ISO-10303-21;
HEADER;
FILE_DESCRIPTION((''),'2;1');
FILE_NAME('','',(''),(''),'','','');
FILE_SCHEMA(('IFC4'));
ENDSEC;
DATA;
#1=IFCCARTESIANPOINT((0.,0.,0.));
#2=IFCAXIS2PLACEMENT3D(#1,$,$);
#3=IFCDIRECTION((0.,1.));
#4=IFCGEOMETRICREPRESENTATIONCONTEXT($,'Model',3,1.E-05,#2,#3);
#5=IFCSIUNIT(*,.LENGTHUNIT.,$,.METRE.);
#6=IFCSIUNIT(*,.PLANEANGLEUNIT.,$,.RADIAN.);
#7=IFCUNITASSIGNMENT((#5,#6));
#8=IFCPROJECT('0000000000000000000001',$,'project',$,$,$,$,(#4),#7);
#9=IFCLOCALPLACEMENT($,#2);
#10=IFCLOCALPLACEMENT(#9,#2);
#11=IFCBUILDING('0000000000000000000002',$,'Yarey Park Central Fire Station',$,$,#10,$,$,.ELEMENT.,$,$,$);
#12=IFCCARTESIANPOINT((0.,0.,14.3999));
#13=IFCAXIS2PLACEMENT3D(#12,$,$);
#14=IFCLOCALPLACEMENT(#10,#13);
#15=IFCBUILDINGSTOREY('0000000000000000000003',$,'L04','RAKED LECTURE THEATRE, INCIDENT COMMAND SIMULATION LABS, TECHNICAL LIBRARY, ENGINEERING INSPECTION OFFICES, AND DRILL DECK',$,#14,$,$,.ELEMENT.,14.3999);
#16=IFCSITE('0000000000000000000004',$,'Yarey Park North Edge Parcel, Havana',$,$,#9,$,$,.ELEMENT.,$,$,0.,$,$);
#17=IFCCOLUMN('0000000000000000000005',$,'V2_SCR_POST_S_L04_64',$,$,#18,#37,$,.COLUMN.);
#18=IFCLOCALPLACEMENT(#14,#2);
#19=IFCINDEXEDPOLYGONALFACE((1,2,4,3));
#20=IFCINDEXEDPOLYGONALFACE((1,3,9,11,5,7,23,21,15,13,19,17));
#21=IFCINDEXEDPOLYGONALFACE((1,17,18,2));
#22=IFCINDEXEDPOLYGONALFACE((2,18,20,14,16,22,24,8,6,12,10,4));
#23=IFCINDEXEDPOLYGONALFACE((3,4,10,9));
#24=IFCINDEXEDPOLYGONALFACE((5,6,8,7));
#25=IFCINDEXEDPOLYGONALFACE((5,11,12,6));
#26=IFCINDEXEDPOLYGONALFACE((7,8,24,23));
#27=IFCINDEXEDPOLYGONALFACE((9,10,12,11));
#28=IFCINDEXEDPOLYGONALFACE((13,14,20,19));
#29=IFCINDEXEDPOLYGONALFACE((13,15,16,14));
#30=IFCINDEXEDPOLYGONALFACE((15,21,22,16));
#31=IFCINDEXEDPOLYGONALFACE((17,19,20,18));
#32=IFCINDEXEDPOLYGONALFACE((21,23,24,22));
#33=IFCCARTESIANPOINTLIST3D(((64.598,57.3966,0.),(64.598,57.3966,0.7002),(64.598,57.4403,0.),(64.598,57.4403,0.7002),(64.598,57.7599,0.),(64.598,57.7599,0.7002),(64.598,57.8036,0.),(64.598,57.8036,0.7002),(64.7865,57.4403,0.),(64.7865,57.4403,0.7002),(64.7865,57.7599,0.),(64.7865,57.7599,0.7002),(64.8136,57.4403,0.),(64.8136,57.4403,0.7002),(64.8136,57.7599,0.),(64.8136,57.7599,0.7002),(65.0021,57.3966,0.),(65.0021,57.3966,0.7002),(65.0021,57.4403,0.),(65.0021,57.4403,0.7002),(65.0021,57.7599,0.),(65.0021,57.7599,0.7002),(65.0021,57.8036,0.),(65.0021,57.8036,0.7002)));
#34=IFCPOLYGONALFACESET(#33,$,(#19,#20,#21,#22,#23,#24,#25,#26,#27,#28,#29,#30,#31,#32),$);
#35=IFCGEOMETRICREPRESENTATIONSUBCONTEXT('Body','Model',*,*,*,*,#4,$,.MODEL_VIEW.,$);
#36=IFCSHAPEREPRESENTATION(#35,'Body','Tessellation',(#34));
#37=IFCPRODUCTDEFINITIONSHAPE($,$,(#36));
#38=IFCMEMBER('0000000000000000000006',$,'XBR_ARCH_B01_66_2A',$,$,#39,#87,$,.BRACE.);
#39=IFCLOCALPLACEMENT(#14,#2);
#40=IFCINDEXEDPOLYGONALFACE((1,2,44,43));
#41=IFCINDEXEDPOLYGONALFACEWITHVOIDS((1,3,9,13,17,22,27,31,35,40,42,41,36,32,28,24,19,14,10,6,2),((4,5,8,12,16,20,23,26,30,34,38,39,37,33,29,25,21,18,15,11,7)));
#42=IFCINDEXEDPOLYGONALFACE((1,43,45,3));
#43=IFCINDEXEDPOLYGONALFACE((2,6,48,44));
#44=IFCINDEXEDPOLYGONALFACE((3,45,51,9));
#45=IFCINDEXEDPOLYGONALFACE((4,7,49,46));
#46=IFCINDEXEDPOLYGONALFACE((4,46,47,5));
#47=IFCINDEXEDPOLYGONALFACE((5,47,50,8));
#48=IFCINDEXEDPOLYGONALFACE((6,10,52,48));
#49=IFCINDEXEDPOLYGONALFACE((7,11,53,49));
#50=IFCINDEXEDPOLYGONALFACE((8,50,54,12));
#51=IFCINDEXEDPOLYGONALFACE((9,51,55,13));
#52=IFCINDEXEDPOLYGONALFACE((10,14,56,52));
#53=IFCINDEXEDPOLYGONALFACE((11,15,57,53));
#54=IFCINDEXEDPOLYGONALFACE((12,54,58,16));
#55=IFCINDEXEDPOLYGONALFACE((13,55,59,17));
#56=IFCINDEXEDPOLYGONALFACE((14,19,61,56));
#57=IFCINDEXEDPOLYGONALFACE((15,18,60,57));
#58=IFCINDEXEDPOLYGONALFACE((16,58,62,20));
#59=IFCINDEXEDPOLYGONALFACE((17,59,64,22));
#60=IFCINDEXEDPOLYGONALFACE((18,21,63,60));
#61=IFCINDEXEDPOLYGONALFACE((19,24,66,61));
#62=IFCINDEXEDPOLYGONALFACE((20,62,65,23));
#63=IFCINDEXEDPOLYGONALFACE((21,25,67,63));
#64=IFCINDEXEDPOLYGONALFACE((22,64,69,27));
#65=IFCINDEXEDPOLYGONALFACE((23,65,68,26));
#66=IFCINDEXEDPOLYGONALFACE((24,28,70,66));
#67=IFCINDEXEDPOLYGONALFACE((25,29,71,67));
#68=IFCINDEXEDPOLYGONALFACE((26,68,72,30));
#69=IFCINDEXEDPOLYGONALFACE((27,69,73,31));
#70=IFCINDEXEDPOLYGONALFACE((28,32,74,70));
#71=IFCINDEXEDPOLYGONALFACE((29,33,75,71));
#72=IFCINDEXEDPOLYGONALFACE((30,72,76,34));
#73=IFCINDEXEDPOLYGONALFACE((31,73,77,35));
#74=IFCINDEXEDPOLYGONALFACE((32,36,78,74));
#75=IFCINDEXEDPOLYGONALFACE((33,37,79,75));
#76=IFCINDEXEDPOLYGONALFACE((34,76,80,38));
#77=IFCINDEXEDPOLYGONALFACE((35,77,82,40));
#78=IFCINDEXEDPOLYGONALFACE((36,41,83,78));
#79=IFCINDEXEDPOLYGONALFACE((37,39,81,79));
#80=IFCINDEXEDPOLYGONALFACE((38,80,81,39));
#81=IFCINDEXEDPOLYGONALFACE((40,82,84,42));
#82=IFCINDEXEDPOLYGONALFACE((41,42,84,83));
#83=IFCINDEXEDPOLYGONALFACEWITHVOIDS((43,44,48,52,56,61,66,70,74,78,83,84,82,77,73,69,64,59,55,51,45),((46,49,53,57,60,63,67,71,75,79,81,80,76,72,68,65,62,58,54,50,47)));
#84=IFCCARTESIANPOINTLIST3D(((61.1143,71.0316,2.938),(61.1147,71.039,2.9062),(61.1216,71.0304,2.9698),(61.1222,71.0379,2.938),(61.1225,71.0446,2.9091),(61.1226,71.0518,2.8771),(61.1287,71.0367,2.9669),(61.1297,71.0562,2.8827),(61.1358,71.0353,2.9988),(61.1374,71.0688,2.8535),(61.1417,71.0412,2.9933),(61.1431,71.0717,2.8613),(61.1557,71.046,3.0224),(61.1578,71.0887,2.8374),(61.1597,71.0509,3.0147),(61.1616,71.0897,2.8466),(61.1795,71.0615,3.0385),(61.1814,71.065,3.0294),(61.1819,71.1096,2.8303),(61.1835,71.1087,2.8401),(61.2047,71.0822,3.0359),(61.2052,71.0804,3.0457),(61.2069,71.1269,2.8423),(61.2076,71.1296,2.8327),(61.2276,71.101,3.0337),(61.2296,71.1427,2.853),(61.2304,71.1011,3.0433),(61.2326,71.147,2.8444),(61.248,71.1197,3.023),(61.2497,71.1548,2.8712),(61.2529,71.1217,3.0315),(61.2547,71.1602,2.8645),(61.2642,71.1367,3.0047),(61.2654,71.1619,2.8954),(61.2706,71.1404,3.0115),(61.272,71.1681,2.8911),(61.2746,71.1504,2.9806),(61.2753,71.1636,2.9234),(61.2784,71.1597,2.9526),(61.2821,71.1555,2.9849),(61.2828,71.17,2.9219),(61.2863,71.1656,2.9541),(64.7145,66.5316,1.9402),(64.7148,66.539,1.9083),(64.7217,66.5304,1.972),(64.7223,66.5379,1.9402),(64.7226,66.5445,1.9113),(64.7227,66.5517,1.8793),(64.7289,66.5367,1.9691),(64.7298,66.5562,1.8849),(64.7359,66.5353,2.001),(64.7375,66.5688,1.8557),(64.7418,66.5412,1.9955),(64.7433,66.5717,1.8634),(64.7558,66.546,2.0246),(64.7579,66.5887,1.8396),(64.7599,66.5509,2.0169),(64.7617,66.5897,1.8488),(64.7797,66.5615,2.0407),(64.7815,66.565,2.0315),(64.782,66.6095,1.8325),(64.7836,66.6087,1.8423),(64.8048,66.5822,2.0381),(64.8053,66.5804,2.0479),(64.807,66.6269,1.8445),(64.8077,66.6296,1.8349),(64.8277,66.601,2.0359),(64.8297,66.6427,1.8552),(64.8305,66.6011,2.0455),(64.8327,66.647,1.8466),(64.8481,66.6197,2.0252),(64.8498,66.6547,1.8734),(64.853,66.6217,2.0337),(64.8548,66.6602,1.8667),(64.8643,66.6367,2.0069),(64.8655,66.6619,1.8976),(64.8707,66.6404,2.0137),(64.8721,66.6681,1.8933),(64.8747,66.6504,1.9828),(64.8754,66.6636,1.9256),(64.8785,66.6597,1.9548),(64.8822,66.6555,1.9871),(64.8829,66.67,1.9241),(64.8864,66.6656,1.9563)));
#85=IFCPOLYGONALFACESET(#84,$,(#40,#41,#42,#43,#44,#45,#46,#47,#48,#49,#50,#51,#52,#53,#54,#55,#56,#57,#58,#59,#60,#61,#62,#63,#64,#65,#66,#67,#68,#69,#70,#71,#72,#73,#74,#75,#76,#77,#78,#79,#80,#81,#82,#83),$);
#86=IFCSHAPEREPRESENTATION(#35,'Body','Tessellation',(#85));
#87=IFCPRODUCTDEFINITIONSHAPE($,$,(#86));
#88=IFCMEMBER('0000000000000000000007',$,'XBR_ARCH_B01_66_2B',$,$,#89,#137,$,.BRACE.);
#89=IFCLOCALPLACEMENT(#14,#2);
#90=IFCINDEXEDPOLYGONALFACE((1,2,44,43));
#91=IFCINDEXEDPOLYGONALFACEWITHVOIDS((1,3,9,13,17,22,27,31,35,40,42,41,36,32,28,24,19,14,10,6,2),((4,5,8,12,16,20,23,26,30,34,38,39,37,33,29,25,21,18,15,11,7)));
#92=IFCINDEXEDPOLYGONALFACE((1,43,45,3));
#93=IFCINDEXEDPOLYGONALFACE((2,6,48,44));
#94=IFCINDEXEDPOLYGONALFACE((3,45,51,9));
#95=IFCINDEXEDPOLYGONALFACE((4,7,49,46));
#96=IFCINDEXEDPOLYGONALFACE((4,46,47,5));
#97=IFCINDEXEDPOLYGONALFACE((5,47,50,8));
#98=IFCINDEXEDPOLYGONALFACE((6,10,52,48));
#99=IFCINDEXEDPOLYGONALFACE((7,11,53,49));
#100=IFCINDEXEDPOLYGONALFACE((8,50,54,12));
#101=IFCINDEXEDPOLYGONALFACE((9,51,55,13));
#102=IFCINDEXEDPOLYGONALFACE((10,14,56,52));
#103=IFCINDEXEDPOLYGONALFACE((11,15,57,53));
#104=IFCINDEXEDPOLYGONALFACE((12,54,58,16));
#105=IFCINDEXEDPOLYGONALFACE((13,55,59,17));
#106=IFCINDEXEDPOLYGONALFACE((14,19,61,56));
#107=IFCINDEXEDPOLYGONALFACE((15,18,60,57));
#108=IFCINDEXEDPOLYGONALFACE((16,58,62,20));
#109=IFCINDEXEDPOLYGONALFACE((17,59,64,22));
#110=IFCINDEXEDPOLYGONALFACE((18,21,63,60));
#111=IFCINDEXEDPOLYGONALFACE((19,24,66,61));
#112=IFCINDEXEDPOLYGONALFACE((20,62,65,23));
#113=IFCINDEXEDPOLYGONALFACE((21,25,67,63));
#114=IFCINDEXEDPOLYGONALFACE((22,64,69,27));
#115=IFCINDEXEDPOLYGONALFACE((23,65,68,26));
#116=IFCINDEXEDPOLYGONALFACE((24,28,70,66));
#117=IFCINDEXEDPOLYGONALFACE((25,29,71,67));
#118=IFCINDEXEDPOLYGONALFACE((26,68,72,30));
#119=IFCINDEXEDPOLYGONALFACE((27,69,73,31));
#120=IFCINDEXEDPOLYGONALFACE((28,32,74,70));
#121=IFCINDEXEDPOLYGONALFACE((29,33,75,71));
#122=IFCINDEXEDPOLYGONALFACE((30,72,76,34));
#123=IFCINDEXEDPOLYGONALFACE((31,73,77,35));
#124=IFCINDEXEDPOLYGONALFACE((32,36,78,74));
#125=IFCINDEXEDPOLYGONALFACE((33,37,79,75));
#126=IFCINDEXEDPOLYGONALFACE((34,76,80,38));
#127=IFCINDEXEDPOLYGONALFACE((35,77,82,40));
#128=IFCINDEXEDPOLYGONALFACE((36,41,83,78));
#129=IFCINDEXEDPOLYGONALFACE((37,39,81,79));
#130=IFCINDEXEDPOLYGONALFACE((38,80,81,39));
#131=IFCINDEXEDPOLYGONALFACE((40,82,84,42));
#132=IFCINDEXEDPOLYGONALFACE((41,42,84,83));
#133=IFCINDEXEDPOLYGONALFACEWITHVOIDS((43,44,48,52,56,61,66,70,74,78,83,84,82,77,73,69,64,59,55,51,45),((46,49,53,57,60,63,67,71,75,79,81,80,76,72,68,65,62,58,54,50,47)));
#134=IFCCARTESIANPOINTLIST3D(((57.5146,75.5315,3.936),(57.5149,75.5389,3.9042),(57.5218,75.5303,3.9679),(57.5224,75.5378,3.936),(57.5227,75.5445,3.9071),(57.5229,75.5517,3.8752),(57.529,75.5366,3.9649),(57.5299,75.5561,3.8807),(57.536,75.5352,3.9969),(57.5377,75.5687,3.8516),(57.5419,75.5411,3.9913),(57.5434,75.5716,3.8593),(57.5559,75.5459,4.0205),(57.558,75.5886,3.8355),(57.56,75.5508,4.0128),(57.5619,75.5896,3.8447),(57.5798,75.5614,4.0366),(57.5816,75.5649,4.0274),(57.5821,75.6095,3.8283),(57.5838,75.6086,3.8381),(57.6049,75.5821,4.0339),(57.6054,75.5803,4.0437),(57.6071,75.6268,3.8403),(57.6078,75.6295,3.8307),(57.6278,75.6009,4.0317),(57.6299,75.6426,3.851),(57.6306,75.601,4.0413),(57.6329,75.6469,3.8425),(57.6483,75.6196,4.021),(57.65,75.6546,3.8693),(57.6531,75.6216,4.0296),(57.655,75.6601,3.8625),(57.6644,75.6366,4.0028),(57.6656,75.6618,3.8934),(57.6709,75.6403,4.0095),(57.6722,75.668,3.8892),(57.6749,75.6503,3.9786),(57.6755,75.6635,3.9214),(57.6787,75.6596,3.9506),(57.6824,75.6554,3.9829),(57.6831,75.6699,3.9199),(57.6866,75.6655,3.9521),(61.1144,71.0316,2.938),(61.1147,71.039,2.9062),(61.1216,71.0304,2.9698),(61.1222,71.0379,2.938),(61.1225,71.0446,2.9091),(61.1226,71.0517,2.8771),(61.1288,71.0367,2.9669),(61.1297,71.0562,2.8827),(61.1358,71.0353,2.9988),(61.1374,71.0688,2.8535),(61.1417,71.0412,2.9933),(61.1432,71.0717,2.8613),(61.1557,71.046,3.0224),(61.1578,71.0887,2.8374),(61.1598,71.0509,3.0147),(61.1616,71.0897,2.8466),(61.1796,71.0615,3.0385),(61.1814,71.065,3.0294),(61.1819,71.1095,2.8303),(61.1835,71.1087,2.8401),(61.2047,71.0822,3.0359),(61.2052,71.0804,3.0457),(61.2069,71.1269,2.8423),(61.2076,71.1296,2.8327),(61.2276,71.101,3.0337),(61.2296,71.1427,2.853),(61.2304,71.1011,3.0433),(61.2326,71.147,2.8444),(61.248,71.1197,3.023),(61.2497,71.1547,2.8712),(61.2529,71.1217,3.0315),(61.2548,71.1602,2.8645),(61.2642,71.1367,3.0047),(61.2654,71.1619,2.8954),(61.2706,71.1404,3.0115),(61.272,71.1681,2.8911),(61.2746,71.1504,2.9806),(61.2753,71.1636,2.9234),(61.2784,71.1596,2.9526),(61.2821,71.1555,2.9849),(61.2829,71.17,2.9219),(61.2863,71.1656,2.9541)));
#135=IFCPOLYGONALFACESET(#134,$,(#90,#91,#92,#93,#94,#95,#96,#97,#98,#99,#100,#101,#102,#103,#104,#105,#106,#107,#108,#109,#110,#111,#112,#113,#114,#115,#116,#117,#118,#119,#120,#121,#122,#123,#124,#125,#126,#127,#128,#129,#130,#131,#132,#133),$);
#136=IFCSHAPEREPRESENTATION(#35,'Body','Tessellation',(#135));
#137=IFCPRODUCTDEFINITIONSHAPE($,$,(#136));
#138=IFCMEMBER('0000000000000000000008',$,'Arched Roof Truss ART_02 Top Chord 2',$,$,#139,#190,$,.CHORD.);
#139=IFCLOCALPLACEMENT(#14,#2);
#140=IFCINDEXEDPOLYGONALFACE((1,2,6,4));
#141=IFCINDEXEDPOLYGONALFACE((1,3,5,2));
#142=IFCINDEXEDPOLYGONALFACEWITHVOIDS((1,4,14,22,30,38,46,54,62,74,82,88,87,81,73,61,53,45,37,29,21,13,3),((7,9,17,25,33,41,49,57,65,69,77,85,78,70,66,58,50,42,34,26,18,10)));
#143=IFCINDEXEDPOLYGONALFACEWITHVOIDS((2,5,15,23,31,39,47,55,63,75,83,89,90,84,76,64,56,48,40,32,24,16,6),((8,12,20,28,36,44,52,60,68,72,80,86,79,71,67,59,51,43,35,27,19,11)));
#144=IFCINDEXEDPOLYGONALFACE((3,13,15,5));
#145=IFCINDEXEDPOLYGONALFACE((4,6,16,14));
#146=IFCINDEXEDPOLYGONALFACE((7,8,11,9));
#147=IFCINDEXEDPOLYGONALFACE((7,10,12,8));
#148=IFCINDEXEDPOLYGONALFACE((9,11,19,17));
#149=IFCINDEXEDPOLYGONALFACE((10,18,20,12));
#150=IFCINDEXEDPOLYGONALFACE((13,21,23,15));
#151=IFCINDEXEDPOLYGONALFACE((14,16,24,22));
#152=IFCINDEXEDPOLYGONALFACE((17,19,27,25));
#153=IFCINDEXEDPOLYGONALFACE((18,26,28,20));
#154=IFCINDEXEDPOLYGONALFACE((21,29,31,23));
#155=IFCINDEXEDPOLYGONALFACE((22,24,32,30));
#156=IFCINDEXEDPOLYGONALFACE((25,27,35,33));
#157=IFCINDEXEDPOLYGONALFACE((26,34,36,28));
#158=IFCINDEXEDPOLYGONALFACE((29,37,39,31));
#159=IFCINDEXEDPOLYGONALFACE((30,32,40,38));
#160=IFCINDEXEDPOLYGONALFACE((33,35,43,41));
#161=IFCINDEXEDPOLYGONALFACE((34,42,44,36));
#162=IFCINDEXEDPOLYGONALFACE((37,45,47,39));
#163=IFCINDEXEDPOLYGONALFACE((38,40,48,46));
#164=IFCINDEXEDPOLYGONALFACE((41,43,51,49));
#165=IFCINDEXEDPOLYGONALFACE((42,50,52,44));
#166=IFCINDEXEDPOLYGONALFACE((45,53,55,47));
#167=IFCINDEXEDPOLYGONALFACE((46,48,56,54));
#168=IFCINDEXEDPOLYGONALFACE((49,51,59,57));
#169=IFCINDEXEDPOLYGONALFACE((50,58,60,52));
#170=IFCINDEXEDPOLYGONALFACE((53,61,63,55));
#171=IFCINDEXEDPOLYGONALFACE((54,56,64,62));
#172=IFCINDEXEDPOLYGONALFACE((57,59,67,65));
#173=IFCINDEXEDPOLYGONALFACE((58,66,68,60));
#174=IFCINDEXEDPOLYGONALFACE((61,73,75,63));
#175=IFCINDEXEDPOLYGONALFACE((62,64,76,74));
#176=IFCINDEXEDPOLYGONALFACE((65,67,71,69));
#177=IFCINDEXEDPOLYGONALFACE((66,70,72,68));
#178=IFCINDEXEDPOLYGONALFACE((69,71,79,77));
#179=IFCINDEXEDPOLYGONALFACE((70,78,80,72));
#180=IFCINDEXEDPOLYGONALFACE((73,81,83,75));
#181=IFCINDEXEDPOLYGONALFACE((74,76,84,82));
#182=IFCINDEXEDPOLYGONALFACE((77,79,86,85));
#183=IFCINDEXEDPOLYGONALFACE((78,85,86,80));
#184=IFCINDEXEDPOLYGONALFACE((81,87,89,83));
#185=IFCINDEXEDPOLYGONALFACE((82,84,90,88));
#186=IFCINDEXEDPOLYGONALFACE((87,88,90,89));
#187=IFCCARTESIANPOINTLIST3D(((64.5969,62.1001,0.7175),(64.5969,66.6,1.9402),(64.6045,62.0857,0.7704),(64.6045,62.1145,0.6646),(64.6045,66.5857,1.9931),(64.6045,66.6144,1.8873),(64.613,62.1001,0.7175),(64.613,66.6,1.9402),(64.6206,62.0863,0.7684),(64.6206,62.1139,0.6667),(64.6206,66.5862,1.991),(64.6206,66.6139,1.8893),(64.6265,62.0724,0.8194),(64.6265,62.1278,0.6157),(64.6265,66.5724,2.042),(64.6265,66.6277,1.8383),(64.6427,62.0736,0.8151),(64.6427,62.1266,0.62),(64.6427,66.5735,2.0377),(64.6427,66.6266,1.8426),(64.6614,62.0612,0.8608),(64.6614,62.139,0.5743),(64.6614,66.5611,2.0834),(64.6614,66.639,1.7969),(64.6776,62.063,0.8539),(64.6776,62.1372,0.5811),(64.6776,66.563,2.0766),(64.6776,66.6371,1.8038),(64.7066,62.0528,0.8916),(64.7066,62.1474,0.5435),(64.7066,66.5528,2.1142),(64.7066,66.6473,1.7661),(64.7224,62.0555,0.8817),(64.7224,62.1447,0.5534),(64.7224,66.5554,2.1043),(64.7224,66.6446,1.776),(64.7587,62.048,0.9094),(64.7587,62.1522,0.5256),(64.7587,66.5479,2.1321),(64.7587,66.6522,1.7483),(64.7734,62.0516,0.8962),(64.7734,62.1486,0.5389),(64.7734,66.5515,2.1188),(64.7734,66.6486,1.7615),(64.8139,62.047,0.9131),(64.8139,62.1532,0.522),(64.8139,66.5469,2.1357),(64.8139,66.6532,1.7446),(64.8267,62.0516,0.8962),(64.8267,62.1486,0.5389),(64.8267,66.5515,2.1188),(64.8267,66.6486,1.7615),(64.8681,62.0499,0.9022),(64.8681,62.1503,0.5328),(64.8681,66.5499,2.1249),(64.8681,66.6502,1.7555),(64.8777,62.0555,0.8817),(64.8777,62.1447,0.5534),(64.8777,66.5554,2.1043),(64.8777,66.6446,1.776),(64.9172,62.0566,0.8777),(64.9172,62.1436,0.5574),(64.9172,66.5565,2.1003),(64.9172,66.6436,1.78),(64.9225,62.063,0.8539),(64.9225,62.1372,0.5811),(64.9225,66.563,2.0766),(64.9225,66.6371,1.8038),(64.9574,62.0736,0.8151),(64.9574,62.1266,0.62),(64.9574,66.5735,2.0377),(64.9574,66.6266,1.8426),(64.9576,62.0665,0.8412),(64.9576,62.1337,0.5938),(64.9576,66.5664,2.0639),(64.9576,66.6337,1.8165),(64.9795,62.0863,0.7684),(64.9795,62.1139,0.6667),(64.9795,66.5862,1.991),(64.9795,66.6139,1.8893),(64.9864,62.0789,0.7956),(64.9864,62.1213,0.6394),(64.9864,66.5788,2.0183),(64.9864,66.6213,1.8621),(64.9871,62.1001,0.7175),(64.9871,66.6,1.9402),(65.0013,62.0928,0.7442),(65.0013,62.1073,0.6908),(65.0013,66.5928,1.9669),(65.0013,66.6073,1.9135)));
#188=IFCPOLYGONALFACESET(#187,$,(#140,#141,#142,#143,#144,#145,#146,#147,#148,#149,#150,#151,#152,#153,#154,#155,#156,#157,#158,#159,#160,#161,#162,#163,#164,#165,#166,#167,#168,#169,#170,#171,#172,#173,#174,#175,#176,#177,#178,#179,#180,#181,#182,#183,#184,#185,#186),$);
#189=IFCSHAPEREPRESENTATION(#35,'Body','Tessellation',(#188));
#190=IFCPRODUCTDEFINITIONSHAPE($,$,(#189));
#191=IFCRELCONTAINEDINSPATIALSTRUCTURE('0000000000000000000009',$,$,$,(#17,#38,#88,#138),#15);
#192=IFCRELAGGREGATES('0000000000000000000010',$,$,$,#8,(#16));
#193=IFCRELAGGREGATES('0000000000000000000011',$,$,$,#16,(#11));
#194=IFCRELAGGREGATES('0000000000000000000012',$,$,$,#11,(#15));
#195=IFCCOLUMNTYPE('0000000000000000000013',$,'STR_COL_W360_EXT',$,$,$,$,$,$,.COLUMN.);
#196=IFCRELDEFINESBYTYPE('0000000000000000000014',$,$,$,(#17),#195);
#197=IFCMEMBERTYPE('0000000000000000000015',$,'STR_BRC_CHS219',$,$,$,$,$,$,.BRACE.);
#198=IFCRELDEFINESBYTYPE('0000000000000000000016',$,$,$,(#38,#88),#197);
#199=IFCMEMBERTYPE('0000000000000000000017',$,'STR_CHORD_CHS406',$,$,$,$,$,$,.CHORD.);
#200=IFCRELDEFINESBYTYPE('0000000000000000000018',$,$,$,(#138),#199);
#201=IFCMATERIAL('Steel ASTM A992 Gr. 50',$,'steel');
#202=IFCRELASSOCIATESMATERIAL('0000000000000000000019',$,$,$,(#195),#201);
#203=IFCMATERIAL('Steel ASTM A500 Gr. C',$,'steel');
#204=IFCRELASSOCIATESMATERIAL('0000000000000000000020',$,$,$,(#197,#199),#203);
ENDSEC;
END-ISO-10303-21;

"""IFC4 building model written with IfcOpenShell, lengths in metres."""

from ifc_helpers import new_model, si_unit, direction, frame, origin, origin_2d, place, context, subcontext, project, spatial, hollow_circle, i_section, extrude, material, material_profile, profile_set, type_object, element, save


model = new_model("IFC4")

# Units and contexts
model_context = context("Model", 3, precision=1e-05, world=origin(), true_north=direction((0.0, 1.0)))
body_context = subcontext(model_context, "Body", "Model", "MODEL_VIEW")
ifc_project = project(units=[si_unit("LENGTHUNIT", "METRE"), si_unit("PLANEANGLEUNIT", "RADIAN")], contexts=[model_context])

# Site, building, storey
site_placement = place(None, origin())
site = spatial("IfcSite", under=ifc_project, at=site_placement, Name="Yarey Park North Edge Parcel, Havana", CompositionType="ELEMENT", RefElevation=0.0)
building_placement = place(site_placement, origin())
building = spatial("IfcBuilding", under=site, at=building_placement, Name="Yarey Park Central Fire Station", CompositionType="ELEMENT")
storey_placement = place(building_placement, frame((0.0, 0.0, 14.3999)))
storey = spatial("IfcBuildingStorey", under=building, at=storey_placement, Name="L04", Description="RAKED LECTURE THEATRE, INCIDENT COMMAND SIMULATION LABS, TECHNICAL LIBRARY, ENGINEERING INSPECTION OFFICES, AND DRILL DECK", CompositionType="ELEMENT", Elevation=14.3999)

# Column
ifc_material_1 = material(Name="Steel ASTM A992 Gr. 50", Category="steel")
ifc_material_profile_1 = material_profile(ifc_material_1, i_section(OverallWidth=0.4041, OverallDepth=0.407, WebThickness=0.0271, FlangeThickness=0.0437, at=origin_2d()), Name="W360x347")
ifc_profile_set_1 = profile_set([ifc_material_profile_1], Name="Steel ASTM A992 Gr. 50")
column_type = type_object("IfcColumnType", Name="STR_COL_W360_EXT", PredefinedType="COLUMN", material=ifc_profile_set_1)
column_placement = place(storey_placement, frame((64.8, 57.6001, 0.0), z_axis=(0.0, 0.0, 1.0), x_axis=(1.0, 0.0, 0.0)))
element("IfcColumn", 1, at=column_placement, inside=storey, type_object=column_type, Name="V2_SCR_POST_S_L04_64", PredefinedType="COLUMN", context=body_context, shape_type="SweptSolid", body=[
    extrude(i_section(OverallWidth=0.4041, OverallDepth=0.407, WebThickness=0.0271, FlangeThickness=0.0437, at=origin_2d()), origin(), (0.0, 0.0, 1.0), 0.7002),
])

# Members
ifc_material_2 = material(Name="Steel ASTM A500 Gr. C", Category="steel")
ifc_material_profile_2 = material_profile(ifc_material_2, hollow_circle(Radius=0.1096, WallThickness=0.01, at=origin_2d()), Name="CHS 219.1x10")
ifc_profile_set_2 = profile_set([ifc_material_profile_2], Name="Steel ASTM A500 Gr. C")
member_type_1 = type_object("IfcMemberType", Name="STR_BRC_CHS219", PredefinedType="BRACE", material=ifc_profile_set_2)
member_1_placement = place(storey_placement, frame((64.8, 66.6001, 1.9402), z_axis=(-0.615547, 0.769413, 0.170605), x_axis=(-0.780861, -0.624705, 0.0)))
element("IfcMember", 2, at=member_1_placement, inside=storey, type_object=member_type_1, Name="XBR_ARCH_B01_66_2A", PredefinedType="BRACE", context=body_context, shape_type="SweptSolid", body=[
    extrude(hollow_circle(Radius=0.1096, WallThickness=0.01, at=origin_2d()), origin(), (0.0, 0.0, 1.0), 5.8486),
])
member_2_placement = place(storey_placement, frame((61.2, 71.1001, 2.938), z_axis=(-0.615517, 0.769427, 0.17065), x_axis=(-0.780881, -0.62468, 0.0)))
element("IfcMember", 3, at=member_2_placement, inside=storey, type_object=member_type_1, Name="XBR_ARCH_B01_66_2B", PredefinedType="BRACE", context=body_context, shape_type="SweptSolid", body=[
    extrude(hollow_circle(Radius=0.1096, WallThickness=0.01, at=origin_2d()), origin(), (0.0, 0.0, 1.0), 5.8484),
])
ifc_material_profile_3 = material_profile(ifc_material_2, hollow_circle(Radius=0.2031, WallThickness=0.0161, at=origin_2d()), Name="CHS 406.4x16")
ifc_profile_set_3 = profile_set([ifc_material_profile_3], Name="Steel ASTM A500 Gr. C")
member_type_2 = type_object("IfcMemberType", Name="STR_CHORD_CHS406", PredefinedType="CHORD", material=ifc_profile_set_3)
member_3_placement = place(storey_placement, frame((64.8, 62.1001, 0.7175), z_axis=(0.0, 0.965015, 0.262196), x_axis=(-1.0, 0.0, 0.0)))
element("IfcMember", 4, at=member_3_placement, inside=storey, type_object=member_type_2, Name="Arched Roof Truss ART_02 Top Chord 2", PredefinedType="CHORD", context=body_context, shape_type="SweptSolid", body=[
    extrude(hollow_circle(Radius=0.2031, WallThickness=0.0161, at=origin_2d()), origin(), (0.0, 0.0, 1.0), 4.6631),
])

save(model, "model.ifc")
